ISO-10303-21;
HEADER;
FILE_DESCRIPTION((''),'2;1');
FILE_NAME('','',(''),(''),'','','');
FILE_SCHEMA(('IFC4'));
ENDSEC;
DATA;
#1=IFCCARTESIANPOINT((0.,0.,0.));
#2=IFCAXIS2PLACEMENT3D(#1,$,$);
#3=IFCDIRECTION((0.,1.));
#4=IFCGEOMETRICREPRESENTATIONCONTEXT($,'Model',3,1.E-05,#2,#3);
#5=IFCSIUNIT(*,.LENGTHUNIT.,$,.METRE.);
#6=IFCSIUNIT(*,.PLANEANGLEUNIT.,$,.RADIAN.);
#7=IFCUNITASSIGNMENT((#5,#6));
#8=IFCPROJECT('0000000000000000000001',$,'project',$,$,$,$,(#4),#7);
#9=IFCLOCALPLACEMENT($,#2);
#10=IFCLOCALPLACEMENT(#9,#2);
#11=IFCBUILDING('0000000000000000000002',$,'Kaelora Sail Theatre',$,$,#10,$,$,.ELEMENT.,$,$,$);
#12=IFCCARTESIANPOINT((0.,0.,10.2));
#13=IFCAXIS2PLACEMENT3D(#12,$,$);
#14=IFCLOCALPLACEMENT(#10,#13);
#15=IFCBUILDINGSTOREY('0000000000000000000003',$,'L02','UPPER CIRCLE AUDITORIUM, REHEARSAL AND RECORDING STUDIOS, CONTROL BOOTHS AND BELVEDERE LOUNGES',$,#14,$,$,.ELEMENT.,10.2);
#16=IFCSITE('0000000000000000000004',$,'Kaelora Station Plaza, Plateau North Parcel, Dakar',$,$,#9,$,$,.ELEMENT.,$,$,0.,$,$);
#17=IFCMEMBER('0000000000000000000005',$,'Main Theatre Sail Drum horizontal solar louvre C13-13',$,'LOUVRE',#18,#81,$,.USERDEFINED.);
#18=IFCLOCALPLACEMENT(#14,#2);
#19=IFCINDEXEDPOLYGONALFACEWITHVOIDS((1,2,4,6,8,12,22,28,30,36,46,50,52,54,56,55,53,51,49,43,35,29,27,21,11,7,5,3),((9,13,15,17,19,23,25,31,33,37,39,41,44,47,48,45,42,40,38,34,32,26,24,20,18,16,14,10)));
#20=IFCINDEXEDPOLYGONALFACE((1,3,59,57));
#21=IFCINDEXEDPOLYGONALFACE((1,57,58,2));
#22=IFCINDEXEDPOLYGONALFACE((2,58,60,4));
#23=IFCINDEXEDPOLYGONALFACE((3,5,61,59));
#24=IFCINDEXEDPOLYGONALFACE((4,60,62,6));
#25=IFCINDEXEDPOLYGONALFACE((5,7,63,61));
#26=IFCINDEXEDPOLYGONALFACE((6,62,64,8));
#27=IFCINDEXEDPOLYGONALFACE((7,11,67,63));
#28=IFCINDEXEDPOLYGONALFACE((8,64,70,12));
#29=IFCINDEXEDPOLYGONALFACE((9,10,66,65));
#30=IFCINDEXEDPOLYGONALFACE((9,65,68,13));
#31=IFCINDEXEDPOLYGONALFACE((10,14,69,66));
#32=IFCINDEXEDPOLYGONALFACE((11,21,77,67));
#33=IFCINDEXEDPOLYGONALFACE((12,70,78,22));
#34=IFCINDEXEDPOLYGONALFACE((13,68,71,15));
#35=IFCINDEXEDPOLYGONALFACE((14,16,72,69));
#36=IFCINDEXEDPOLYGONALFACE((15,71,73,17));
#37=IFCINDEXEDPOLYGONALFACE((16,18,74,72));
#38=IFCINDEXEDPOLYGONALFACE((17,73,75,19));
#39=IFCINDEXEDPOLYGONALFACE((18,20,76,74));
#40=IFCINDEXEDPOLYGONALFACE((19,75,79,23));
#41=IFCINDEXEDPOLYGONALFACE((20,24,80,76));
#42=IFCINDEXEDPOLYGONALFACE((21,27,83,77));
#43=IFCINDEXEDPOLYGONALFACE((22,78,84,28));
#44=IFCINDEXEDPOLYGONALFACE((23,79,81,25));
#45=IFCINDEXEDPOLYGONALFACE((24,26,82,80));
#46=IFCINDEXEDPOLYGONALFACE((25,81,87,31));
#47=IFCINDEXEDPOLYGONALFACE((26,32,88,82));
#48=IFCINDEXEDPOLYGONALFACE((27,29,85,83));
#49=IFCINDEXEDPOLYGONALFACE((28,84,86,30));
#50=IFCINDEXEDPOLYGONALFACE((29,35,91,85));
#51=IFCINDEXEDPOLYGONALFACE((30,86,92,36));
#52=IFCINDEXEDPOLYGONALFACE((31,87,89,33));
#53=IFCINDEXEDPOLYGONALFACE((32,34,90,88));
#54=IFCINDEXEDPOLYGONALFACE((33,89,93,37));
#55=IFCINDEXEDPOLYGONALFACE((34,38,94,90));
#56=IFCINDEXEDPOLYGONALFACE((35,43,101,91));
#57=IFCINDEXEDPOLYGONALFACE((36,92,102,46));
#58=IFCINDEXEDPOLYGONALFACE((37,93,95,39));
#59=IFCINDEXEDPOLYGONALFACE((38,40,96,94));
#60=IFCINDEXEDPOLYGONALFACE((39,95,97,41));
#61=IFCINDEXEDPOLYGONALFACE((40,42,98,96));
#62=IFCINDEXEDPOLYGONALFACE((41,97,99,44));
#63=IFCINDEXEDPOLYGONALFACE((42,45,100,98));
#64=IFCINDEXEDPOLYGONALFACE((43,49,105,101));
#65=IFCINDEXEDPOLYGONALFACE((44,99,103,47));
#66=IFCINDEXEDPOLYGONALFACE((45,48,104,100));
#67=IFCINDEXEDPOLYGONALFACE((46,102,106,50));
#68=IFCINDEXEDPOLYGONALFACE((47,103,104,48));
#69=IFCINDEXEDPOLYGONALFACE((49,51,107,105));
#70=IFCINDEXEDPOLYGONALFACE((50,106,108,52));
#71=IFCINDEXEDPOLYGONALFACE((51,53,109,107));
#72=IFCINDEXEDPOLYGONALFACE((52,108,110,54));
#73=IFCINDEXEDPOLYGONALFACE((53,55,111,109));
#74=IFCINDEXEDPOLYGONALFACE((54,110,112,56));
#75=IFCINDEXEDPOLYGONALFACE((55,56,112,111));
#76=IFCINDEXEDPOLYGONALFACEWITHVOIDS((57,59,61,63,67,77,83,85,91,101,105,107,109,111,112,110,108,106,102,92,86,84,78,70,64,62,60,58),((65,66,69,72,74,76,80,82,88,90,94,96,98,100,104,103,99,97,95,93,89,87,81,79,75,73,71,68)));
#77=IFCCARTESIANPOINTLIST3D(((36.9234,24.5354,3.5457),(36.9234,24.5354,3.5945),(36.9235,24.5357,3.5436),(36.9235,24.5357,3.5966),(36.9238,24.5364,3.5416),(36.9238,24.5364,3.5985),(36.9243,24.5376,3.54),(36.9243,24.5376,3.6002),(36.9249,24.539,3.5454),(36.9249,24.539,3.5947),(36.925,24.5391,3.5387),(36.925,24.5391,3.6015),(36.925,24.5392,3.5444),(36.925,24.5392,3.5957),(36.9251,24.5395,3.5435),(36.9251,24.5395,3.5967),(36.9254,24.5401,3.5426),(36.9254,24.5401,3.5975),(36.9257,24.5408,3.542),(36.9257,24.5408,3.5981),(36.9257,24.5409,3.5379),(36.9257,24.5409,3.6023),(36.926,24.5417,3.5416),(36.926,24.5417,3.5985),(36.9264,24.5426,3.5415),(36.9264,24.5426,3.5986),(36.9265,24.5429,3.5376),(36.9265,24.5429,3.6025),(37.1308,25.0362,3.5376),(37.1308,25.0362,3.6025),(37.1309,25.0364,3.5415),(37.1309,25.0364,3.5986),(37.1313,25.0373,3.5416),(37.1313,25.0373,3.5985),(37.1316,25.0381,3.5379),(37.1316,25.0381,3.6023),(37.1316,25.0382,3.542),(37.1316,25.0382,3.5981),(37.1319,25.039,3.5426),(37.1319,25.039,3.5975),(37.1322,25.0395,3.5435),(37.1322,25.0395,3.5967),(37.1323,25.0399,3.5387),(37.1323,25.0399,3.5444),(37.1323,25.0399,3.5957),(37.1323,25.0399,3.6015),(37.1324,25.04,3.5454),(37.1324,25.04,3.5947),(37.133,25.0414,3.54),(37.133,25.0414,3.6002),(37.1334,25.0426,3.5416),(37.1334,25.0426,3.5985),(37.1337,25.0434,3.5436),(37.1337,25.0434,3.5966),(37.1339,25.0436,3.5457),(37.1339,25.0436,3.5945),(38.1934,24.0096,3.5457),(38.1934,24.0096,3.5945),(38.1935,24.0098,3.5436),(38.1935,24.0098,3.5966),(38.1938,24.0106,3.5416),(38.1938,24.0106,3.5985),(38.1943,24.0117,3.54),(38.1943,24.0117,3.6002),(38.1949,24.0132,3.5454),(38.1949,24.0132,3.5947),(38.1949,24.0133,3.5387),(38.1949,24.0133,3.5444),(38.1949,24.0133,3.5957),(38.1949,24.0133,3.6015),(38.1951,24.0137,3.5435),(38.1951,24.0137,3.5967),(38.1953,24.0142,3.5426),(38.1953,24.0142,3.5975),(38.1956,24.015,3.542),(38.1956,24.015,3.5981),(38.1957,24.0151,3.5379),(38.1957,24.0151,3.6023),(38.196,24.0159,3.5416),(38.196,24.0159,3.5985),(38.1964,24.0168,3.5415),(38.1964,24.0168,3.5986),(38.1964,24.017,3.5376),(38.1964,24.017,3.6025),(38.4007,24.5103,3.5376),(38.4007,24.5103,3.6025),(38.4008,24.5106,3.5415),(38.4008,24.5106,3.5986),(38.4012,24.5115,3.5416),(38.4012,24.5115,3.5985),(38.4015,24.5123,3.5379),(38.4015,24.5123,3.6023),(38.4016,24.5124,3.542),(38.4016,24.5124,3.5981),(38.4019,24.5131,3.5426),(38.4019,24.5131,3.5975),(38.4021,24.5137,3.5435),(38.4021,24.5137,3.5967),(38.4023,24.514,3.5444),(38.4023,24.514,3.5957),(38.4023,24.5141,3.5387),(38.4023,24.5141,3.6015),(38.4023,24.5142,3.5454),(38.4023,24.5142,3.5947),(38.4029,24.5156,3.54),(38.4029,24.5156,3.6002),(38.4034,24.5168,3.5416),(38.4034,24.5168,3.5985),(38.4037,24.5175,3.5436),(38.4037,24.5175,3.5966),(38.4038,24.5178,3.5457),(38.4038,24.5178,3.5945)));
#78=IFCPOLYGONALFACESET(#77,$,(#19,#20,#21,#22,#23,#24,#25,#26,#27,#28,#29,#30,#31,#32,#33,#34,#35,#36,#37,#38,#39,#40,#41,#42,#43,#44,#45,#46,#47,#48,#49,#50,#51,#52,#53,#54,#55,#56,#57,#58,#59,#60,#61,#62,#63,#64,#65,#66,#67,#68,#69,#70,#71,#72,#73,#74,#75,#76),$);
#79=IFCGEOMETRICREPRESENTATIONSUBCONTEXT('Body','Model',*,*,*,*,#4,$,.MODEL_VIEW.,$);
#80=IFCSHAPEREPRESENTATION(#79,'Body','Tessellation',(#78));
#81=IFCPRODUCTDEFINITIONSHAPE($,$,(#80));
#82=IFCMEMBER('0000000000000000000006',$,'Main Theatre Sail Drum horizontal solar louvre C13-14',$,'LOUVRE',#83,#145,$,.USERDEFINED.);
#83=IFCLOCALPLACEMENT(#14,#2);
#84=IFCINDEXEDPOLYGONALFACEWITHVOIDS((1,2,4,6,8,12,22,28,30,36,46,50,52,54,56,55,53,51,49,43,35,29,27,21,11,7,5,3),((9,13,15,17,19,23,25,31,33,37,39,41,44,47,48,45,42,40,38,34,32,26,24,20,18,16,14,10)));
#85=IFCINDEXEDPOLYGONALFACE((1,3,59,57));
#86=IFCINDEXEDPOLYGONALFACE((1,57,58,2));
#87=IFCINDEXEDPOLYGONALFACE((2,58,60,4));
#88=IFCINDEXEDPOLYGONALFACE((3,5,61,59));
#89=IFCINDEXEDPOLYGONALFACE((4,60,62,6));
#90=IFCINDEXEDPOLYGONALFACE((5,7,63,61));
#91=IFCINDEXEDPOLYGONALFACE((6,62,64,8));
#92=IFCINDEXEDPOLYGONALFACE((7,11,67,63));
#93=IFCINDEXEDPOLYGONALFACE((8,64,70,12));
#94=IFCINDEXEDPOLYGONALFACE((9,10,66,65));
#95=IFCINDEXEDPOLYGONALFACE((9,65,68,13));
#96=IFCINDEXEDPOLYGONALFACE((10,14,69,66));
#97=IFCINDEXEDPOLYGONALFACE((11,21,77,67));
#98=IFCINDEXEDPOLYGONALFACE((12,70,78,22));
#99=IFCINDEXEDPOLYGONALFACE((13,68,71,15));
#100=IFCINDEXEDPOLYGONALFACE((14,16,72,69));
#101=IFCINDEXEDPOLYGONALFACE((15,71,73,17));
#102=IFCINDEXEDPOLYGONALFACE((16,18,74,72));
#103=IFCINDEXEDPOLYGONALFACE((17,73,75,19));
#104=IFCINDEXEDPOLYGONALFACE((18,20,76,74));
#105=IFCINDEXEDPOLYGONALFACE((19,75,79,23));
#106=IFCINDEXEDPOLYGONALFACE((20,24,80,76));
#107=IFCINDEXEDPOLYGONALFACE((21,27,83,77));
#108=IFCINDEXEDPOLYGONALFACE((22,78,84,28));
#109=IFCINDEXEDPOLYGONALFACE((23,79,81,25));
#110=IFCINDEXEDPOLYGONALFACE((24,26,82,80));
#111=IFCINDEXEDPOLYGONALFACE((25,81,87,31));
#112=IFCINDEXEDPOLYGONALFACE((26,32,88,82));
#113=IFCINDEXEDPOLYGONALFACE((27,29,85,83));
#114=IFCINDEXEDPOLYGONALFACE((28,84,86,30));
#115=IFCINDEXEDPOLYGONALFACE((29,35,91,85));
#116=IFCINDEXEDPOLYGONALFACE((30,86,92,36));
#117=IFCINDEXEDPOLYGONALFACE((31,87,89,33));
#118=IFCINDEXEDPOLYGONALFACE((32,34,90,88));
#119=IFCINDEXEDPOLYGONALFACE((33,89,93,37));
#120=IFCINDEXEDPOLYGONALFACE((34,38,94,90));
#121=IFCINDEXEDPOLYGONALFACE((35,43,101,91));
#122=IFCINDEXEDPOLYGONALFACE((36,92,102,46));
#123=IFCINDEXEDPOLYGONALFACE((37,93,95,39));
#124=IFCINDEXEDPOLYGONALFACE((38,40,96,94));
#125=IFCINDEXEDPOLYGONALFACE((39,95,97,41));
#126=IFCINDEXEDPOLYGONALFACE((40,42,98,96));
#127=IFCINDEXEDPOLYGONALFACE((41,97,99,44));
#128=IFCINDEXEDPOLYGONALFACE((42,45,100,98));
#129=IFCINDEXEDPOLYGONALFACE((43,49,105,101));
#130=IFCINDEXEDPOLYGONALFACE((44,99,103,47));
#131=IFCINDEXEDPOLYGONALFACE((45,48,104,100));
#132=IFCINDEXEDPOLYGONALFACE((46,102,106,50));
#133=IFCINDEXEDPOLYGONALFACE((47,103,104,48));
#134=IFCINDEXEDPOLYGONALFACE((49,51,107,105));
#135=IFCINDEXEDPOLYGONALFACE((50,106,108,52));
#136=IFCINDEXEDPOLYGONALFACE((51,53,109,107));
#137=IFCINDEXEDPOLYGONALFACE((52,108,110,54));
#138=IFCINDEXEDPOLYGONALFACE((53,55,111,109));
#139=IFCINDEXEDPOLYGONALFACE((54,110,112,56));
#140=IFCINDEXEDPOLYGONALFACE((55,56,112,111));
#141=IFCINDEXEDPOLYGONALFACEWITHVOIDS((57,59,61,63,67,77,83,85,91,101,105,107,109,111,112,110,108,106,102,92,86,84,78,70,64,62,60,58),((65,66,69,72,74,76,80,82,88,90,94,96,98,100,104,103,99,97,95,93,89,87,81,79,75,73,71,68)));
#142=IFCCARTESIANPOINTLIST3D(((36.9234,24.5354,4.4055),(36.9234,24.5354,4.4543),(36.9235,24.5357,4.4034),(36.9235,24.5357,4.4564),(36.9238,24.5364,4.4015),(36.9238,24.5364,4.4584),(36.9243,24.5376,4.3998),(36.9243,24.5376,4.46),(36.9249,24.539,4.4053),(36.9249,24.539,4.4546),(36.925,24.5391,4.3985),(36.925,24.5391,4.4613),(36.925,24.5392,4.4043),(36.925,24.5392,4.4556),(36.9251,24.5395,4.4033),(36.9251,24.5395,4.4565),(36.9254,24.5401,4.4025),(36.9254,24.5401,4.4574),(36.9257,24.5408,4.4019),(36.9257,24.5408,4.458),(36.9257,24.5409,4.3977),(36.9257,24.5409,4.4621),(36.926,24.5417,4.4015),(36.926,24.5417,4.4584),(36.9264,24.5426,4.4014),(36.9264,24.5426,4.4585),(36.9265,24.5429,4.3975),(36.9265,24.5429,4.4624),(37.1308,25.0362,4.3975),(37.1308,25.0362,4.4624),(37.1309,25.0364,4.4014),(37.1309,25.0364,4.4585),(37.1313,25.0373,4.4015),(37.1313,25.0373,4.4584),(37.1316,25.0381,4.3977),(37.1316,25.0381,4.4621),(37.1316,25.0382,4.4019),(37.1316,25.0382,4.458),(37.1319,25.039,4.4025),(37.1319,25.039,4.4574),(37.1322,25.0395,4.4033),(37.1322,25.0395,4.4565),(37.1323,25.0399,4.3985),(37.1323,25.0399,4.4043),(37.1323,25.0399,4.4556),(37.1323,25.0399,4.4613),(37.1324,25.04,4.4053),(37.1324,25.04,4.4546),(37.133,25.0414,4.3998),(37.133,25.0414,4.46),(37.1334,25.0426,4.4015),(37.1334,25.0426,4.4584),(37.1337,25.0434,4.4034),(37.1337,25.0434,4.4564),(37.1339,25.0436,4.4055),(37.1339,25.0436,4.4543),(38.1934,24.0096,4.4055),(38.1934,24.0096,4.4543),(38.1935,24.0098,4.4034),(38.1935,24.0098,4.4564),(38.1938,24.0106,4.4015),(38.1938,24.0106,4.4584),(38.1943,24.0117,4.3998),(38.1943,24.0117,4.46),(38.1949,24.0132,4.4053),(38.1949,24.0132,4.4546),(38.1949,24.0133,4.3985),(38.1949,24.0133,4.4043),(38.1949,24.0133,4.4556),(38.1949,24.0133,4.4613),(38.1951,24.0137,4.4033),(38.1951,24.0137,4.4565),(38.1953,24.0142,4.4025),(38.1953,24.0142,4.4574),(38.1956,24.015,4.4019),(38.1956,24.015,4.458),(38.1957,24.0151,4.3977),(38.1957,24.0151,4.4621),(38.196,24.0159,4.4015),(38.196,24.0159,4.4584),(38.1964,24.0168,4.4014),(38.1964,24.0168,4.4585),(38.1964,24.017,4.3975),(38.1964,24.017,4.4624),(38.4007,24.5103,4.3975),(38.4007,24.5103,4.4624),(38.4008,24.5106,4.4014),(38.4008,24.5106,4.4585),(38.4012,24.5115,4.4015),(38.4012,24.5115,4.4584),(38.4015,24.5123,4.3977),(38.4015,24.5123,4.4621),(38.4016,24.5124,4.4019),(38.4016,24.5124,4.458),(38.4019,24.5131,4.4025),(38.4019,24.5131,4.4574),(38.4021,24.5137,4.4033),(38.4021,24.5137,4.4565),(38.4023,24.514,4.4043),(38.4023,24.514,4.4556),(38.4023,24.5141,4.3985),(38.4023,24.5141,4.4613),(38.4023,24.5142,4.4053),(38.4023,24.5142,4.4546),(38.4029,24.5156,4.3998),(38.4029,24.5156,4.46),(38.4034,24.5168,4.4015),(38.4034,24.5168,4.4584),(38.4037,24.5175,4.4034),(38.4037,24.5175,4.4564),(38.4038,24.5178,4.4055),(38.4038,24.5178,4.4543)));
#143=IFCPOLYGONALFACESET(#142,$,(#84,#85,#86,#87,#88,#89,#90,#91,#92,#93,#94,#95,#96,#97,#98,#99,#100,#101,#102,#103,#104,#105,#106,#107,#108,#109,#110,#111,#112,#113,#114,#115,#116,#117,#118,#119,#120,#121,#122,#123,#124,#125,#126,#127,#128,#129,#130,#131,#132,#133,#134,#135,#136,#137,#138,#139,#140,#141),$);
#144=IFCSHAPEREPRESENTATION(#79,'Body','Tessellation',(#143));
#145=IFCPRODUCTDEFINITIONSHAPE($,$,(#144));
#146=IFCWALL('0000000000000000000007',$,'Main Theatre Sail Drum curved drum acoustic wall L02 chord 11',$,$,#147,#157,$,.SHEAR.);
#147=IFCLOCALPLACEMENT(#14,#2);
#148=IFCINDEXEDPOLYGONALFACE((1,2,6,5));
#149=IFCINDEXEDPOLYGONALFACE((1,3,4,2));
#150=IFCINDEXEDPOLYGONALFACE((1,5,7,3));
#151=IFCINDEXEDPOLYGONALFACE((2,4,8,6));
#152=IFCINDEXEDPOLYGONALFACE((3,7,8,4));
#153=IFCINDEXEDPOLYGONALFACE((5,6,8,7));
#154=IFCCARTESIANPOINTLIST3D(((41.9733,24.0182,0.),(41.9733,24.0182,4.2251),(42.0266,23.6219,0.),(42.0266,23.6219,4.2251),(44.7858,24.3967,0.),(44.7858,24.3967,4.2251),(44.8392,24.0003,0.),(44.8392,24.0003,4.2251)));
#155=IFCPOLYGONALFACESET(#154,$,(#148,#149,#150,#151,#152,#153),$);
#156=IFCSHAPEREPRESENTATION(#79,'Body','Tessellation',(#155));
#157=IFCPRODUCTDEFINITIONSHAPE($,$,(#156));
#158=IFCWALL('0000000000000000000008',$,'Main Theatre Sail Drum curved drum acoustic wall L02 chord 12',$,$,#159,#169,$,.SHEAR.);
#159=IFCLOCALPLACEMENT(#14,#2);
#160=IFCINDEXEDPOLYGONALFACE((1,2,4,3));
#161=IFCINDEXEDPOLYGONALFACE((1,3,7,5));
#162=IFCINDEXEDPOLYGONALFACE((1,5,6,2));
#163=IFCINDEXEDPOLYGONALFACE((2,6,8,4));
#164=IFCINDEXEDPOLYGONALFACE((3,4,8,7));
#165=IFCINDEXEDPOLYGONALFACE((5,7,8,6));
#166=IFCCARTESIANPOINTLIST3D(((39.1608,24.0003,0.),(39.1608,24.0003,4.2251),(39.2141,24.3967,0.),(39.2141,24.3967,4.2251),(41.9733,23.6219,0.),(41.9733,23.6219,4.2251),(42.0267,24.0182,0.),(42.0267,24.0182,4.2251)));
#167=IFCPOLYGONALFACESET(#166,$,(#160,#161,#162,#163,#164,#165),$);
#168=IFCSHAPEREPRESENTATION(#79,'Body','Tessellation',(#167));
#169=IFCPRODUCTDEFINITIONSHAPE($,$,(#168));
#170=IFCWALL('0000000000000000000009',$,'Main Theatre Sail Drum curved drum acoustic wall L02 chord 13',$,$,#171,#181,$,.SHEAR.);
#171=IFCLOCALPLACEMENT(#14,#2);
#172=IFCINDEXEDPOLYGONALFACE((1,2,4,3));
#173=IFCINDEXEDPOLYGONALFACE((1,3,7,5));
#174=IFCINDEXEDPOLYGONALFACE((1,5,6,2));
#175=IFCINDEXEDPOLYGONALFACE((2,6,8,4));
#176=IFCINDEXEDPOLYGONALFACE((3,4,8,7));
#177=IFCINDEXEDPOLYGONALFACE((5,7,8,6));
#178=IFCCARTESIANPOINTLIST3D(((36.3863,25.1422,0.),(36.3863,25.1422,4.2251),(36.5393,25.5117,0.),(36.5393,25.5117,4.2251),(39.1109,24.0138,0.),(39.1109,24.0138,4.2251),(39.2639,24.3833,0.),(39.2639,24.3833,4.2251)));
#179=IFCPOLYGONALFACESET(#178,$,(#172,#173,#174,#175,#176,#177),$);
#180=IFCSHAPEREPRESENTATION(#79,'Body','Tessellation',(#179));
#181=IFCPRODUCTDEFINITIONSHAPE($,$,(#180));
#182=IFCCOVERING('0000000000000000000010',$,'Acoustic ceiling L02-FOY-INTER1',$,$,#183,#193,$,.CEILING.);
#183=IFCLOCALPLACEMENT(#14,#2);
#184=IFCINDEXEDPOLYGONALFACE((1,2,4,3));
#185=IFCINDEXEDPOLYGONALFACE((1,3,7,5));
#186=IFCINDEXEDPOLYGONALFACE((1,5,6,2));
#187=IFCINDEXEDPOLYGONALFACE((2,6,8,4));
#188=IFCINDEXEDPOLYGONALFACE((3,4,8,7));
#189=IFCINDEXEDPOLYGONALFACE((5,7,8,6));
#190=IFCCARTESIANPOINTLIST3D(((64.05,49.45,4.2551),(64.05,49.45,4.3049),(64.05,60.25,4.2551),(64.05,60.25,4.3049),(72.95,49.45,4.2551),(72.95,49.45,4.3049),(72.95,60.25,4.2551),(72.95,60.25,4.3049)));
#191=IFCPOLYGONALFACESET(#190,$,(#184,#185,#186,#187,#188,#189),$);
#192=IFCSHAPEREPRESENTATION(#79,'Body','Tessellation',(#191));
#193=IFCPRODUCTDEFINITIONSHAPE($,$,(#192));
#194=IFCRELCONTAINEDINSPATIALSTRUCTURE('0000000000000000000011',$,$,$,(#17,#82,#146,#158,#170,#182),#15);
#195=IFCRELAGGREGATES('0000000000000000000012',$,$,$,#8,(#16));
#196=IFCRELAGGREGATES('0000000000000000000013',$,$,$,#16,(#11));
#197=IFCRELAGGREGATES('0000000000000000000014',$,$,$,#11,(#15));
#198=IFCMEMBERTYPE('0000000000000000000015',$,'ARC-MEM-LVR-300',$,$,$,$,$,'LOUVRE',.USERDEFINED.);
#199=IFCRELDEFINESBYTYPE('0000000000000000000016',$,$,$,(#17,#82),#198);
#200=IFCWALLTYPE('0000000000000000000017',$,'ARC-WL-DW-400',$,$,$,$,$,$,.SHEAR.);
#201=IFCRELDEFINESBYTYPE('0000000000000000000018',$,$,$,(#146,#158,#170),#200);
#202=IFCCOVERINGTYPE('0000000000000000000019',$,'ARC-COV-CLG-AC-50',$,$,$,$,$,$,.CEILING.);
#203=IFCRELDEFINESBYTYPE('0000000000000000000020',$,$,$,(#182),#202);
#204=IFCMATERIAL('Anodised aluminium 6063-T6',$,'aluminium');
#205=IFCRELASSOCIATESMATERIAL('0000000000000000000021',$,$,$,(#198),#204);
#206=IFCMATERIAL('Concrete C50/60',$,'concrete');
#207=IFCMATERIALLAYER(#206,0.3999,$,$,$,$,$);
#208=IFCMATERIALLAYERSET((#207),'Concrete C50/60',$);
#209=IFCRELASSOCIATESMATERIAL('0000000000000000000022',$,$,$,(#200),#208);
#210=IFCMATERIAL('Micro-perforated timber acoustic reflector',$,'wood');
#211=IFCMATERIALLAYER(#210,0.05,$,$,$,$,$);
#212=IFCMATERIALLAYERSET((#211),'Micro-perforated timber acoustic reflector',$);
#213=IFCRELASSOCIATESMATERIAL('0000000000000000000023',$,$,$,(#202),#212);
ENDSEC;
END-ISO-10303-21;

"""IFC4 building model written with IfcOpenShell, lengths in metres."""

from ifc_helpers import new_model, si_unit, direction, frame, frame_2d, origin, origin_2d, place, context, subcontext, project, spatial, polyline, rectangle, hollow_rectangle, outline, extrude, material, layer, layer_set, material_profile, profile_set, type_object, element, save


model = new_model("IFC4")

# Units and contexts
model_context = context("Model", 3, precision=1e-05, world=origin(), true_north=direction((0.0, 1.0)))
body_context = subcontext(model_context, "Body", "Model", "MODEL_VIEW")
ifc_project = project(units=[si_unit("LENGTHUNIT", "METRE"), si_unit("PLANEANGLEUNIT", "RADIAN")], contexts=[model_context])

# Site, building, storey
site_placement = place(None, origin())
site = spatial("IfcSite", under=ifc_project, at=site_placement, Name="Kaelora Station Plaza, Plateau North Parcel, Dakar", CompositionType="ELEMENT", RefElevation=0.0)
building_placement = place(site_placement, origin())
building = spatial("IfcBuilding", under=site, at=building_placement, Name="Kaelora Sail Theatre", CompositionType="ELEMENT")
storey_placement = place(building_placement, frame((0.0, 0.0, 10.2)))
storey = spatial("IfcBuildingStorey", under=building, at=storey_placement, Name="L02", Description="UPPER CIRCLE AUDITORIUM, REHEARSAL AND RECORDING STUDIOS, CONTROL BOOTHS AND BELVEDERE LOUNGES", CompositionType="ELEMENT", Elevation=10.2)

# Members
ifc_material_1 = material(Name="Anodised aluminium 6063-T6", Category="aluminium")
ifc_material_profile_1 = material_profile(ifc_material_1, hollow_rectangle(XDim=0.55, YDim=0.0649, WallThickness=0.0039, InnerFilletRadius=0.0039, OuterFilletRadius=0.0081, at=origin_2d()), Name="LOUVRE 550x65x4")
ifc_profile_set_1 = profile_set([ifc_material_profile_1], Name="Anodised aluminium 6063-T6")
member_type = type_object("IfcMemberType", Name="ARC-MEM-LVR-300", ElementType="LOUVRE", PredefinedType="USERDEFINED", material=ifc_profile_set_1)
for number, where, z_axis, x_axis, name in (
    (1, (38.2986, 24.2637, 3.5701), (-0.923926, 0.382571, 0.0), (-0.382571, -0.923926, 0.0), "Main Theatre Sail Drum horizontal solar louvre C13-13"),
    (2, (38.2986, 24.2637, 4.4299), (-0.923926, 0.382571, 0.0), (-0.382571, -0.923926, 0.0), "Main Theatre Sail Drum horizontal solar louvre C13-14"),
):
    element("IfcMember", number, at=place(storey_placement, frame(where, z_axis=z_axis, x_axis=x_axis)), inside=storey, type_object=member_type, Name=name, ObjectType="LOUVRE", PredefinedType="USERDEFINED", context=body_context, shape_type="SweptSolid", body=[
        extrude(hollow_rectangle(XDim=0.55, YDim=0.0649, WallThickness=0.0039, InnerFilletRadius=0.0039, OuterFilletRadius=0.0081, at=origin_2d()), origin(), (0.0, 0.0, 1.0), 1.3745),
    ])

# Walls
ifc_material_2 = material(Name="Concrete C50/60", Category="concrete")
ifc_layer_1 = layer(ifc_material_2, 0.3999)
ifc_layer_set_1 = layer_set([ifc_layer_1], Name="Concrete C50/60")
wall_type = type_object("IfcWallType", Name="ARC-WL-DW-400", PredefinedType="SHEAR", material=ifc_layer_set_1)
for number, where, z_axis, x_axis, name in (
    (3, (44.8125, 24.1985, 0.0), (0.0, 0.0, 1.0), (-0.991069, -0.133347, 0.0), "Main Theatre Sail Drum curved drum acoustic wall L02 chord 11"),
    (4, (42.0, 23.8201, 0.0), (0.0, 0.0, 1.0), (-0.991069, 0.133347, 0.0), "Main Theatre Sail Drum curved drum acoustic wall L02 chord 12"),
):
    element("IfcWall", number, at=place(storey_placement, frame(where, z_axis=z_axis, x_axis=x_axis)), inside=storey, type_object=wall_type, Name=name, PredefinedType="SHEAR", context=body_context, shape_type="SweptSolid", body=[
        extrude(rectangle(XDim=2.8379, YDim=0.3999, at=frame_2d((1.4189, 0.0))), origin(), (0.0, 0.0, 1.0), 4.2251),
    ])
wall_placement = place(storey_placement, frame((39.1875, 24.1985, 0.0), z_axis=(0.0, 0.0, 1.0), x_axis=(-0.923898, 0.382639, 0.0)))
element("IfcWall", 5, at=wall_placement, inside=storey, type_object=wall_type, Name="Main Theatre Sail Drum curved drum acoustic wall L02 chord 13", PredefinedType="SHEAR", context=body_context, shape_type="SweptSolid", body=[
    extrude(rectangle(XDim=2.949, YDim=0.3999, at=frame_2d((1.4746, 0.0))), origin(), (0.0, 0.0, 1.0), 4.2251),
])

# Covering
ifc_material_3 = material(Name="Micro-perforated timber acoustic reflector", Category="wood")
ifc_layer_2 = layer(ifc_material_3, 0.05)
ifc_layer_set_2 = layer_set([ifc_layer_2], Name="Micro-perforated timber acoustic reflector")
covering_type_1 = type_object("IfcCoveringType", Name="ARC-COV-CLG-AC-50", PredefinedType="CEILING", material=ifc_layer_set_2)
covering_1_placement = place(storey_placement, frame((0.0, 0.0, 4.2551)))
element("IfcCovering", 6, at=covering_1_placement, inside=storey, type_object=covering_type_1, Name="Acoustic ceiling L02-FOY-INTER1", PredefinedType="CEILING", context=body_context, shape_type="SweptSolid", body=[
    extrude(outline(polyline([(64.05, 49.45), (72.95, 49.45), (72.95, 60.25), (64.05, 60.25), (64.05, 49.45)])), origin(), (0.0, 0.0, 1.0), 0.0498),
])

save(model, "model.ifc")
